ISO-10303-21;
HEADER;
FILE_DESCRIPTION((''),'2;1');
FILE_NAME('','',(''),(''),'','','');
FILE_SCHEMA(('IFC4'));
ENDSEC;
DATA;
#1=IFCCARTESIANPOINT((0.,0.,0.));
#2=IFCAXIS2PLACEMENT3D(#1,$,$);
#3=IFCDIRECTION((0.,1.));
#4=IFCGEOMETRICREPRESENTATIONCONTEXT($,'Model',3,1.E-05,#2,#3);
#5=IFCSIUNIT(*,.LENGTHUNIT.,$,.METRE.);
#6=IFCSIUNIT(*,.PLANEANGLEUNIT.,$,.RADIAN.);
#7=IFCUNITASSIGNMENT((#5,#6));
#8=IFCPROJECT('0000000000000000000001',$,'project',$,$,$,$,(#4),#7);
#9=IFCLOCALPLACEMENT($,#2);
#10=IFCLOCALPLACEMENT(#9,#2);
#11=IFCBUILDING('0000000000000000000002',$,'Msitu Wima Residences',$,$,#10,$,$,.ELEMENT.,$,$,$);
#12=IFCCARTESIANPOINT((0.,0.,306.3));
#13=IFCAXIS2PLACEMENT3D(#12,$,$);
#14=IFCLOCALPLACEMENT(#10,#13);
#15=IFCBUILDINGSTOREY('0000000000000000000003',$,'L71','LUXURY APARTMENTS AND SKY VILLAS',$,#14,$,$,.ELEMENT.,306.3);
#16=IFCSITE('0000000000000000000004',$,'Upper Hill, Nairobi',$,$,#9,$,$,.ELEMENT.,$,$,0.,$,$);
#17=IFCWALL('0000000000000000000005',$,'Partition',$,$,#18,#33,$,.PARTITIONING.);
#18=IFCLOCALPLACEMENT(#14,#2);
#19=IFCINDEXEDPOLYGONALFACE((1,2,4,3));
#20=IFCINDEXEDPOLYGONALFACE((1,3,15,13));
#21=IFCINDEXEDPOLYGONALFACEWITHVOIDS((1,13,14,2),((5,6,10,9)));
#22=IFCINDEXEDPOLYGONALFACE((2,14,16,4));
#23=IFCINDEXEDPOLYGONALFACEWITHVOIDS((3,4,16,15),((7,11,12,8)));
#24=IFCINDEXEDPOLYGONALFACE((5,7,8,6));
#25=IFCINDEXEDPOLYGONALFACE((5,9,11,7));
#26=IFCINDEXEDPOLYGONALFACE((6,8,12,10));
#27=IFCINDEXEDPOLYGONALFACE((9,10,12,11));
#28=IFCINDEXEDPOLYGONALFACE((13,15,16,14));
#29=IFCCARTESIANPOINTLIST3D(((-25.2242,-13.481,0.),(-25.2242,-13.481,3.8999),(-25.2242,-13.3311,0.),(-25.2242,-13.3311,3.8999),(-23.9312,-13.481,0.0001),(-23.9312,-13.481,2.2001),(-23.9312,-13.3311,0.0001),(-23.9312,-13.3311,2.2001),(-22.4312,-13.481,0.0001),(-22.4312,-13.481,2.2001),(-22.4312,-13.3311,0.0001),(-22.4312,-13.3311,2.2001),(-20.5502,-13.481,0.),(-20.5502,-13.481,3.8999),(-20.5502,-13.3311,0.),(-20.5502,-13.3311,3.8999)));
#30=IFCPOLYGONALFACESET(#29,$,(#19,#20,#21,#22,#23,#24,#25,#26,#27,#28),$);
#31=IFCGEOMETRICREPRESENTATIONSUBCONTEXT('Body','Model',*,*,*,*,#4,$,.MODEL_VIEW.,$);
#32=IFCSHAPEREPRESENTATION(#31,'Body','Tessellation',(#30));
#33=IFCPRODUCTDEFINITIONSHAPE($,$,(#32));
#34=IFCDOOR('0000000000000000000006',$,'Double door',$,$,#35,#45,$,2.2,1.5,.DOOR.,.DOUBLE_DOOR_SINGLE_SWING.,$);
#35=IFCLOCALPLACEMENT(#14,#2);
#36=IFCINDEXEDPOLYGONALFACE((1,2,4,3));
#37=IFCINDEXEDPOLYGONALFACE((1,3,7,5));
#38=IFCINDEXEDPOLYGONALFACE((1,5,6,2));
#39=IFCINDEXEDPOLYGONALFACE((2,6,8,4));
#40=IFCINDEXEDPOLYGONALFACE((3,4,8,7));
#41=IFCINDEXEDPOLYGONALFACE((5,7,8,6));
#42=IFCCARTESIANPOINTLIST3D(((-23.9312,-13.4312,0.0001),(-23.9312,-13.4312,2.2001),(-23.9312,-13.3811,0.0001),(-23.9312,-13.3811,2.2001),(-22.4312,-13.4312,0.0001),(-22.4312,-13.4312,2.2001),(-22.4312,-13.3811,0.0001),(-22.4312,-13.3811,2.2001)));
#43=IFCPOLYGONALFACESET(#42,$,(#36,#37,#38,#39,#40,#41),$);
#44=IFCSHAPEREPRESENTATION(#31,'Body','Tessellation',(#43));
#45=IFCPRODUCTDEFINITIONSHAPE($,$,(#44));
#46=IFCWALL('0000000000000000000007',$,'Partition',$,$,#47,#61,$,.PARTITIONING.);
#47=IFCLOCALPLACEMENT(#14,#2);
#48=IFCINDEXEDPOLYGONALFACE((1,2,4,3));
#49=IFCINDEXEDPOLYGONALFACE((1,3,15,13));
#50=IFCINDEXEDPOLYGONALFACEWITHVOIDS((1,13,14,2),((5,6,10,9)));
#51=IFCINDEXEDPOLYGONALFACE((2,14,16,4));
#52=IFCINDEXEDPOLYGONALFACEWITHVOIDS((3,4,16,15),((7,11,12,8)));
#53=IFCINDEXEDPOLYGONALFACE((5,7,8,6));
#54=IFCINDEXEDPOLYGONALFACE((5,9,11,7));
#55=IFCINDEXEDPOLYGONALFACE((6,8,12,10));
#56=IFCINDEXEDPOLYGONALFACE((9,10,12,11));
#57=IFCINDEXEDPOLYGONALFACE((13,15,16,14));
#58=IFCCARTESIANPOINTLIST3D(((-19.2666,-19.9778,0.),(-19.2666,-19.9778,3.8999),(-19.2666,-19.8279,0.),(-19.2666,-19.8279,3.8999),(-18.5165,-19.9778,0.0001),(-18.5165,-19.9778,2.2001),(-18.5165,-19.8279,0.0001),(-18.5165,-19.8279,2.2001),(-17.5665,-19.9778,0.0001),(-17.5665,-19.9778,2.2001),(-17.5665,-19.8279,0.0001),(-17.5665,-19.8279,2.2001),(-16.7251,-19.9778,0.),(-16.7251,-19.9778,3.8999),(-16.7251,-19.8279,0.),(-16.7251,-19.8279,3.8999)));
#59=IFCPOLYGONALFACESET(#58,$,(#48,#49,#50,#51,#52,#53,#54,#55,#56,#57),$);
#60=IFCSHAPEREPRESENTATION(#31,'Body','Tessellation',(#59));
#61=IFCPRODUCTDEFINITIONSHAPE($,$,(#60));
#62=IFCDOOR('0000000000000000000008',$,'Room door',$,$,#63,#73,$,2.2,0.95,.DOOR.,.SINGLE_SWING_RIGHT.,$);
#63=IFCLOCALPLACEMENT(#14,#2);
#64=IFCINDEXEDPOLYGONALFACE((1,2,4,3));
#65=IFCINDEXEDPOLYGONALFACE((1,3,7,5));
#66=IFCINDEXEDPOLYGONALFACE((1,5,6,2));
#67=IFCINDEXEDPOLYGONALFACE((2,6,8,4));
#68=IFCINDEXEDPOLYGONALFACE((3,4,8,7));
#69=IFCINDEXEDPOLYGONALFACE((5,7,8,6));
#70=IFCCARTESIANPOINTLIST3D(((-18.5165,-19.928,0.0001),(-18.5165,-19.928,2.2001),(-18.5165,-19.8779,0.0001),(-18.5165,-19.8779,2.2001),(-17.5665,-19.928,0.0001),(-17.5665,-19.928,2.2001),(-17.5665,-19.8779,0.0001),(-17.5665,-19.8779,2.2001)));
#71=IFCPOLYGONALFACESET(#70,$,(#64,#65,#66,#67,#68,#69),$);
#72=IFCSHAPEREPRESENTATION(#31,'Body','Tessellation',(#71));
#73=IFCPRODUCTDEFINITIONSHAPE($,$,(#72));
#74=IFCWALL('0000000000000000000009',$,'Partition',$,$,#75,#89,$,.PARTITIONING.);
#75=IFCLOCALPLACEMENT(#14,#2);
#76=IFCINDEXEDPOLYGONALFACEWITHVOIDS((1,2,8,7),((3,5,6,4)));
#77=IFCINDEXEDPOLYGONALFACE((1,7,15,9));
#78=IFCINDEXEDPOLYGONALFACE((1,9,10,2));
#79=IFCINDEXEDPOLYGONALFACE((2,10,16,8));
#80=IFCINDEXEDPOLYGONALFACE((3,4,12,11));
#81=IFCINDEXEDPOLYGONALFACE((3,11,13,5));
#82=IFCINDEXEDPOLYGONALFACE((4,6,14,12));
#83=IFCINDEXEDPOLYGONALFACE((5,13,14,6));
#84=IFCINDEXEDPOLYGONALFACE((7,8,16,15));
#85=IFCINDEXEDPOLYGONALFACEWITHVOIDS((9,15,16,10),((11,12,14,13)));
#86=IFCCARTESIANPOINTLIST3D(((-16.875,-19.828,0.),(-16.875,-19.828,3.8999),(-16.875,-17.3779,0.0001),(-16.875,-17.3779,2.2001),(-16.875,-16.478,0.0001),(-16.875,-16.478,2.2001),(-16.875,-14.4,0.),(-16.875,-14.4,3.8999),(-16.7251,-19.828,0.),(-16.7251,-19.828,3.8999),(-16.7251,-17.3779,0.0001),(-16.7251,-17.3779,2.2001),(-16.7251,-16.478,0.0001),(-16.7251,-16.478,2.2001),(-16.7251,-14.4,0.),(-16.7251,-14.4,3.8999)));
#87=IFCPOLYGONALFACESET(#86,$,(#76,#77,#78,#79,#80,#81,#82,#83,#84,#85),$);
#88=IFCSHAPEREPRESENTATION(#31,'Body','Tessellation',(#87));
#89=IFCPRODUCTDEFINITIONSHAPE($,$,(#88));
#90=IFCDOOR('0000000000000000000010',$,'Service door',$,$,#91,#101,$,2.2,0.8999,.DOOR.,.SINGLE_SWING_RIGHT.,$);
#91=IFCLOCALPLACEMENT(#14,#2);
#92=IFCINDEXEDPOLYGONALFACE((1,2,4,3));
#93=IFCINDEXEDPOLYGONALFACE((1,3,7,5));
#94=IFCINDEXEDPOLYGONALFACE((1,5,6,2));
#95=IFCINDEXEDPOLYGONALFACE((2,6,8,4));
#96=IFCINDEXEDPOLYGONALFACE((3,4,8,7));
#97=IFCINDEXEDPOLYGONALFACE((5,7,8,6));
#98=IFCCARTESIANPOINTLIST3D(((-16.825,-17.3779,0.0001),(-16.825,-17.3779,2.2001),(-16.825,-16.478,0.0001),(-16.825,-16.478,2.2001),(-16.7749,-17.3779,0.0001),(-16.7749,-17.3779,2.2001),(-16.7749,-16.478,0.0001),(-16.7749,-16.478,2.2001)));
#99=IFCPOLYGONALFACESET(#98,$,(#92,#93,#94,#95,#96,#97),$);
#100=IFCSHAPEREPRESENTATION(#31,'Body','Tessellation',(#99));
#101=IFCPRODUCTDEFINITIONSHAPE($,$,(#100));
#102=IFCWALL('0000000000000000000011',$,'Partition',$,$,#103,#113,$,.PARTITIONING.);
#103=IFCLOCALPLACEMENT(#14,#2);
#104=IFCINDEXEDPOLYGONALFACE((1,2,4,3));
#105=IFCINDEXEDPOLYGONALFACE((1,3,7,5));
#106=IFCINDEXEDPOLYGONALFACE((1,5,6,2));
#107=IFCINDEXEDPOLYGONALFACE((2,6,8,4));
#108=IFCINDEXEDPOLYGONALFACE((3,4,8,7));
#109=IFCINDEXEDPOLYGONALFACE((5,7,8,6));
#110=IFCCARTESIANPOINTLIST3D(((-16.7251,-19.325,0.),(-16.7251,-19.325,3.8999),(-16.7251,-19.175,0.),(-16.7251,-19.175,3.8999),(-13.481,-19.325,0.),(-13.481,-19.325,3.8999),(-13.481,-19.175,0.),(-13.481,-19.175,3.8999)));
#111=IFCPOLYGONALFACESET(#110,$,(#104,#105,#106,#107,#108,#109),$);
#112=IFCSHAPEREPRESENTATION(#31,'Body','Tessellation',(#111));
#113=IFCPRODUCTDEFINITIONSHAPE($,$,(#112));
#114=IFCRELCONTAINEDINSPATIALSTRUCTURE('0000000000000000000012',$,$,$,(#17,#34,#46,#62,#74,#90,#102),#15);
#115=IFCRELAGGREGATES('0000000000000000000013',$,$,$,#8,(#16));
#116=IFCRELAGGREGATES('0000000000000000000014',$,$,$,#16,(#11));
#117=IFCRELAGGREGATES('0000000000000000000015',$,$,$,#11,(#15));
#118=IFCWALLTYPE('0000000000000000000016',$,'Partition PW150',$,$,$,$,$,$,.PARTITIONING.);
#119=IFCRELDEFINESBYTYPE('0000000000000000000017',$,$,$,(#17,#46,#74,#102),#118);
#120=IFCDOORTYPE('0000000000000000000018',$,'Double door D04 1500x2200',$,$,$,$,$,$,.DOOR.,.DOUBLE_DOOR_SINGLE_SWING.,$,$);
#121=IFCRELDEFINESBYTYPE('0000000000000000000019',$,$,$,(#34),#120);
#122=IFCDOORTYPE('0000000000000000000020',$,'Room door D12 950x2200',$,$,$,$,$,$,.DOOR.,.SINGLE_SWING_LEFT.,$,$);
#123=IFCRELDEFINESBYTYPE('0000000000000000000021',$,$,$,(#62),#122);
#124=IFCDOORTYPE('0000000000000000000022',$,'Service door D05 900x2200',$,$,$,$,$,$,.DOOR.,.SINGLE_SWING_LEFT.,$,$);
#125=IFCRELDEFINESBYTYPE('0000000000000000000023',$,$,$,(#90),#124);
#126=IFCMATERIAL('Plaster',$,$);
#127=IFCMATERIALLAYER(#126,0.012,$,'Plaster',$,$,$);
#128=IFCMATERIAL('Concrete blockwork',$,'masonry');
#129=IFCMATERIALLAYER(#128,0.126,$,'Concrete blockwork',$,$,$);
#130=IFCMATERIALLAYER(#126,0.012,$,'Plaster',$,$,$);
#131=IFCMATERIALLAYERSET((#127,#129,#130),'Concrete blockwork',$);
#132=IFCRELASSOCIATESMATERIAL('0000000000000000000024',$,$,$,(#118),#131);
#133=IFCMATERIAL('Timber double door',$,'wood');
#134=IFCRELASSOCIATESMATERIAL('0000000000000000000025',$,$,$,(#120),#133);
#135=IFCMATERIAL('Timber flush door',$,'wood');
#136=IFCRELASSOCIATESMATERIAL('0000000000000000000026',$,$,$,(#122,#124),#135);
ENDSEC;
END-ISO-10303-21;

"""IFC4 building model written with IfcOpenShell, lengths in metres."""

from ifc_helpers import new_model, si_unit, direction, frame, frame_2d, origin, place, context, subcontext, project, spatial, rectangle, extrude, material, layer, layer_set, type_object, element, fill, save


model = new_model("IFC4")

# Units and contexts
model_context = context("Model", 3, precision=1e-05, world=origin(), true_north=direction((0.0, 1.0)))
body_context = subcontext(model_context, "Body", "Model", "MODEL_VIEW")
ifc_project = project(units=[si_unit("LENGTHUNIT", "METRE"), si_unit("PLANEANGLEUNIT", "RADIAN")], contexts=[model_context])

# Site, building, storey
site_placement = place(None, origin())
site = spatial("IfcSite", under=ifc_project, at=site_placement, Name="Upper Hill, Nairobi", CompositionType="ELEMENT", RefElevation=0.0)
building_placement = place(site_placement, origin())
building = spatial("IfcBuilding", under=site, at=building_placement, Name="Msitu Wima Residences", CompositionType="ELEMENT")
storey_placement = place(building_placement, frame((0.0, 0.0, 306.3)))
storey = spatial("IfcBuildingStorey", under=building, at=storey_placement, Name="L71", Description="LUXURY APARTMENTS AND SKY VILLAS", CompositionType="ELEMENT", Elevation=306.3)

# Shared definitions
ifc_material_1 = material(Name="Plaster")
ifc_material_2 = material(Name="Concrete blockwork", Category="masonry")

# Shared definitions
ifc_layer_1 = layer(ifc_material_1, 0.012, Name="Plaster")
ifc_layer_2 = layer(ifc_material_2, 0.126, Name="Concrete blockwork")
ifc_layer_3 = layer(ifc_material_1, 0.012, Name="Plaster")
ifc_layer_set_1 = layer_set([ifc_layer_1, ifc_layer_2, ifc_layer_3], Name="Concrete blockwork")
wall_type_1 = type_object("IfcWallType", Name="Partition PW150", PredefinedType="PARTITIONING", material=ifc_layer_set_1)

# Walls, openings, doors
wall_1_placement = place(storey_placement, frame((-25.2241, -13.406, 0.0), z_axis=(0.0, 0.0, 1.0), x_axis=(1.0, 0.0, 0.0)))
wall_1 = element("IfcWall", 1, at=wall_1_placement, inside=storey, type_object=wall_type_1, Name="Partition", PredefinedType="PARTITIONING", context=body_context, shape_type="SweptSolid", body=[
    extrude(rectangle(XDim=4.6741, YDim=0.1499, at=frame_2d((2.3369, 0.0))), origin(), (0.0, 0.0, 1.0), 3.8999),
])
opening_1_placement = place(wall_1_placement, frame((1.293, 0.0, 0.0)))
opening_1 = element("IfcOpeningElement", 2, at=opening_1_placement, cuts=wall_1, PredefinedType="OPENING", context=body_context, shape_type="SweptSolid", body=[
    extrude(rectangle(XDim=1.5, YDim=2.2, at=frame_2d((0.75, 1.1001))), frame((0.0, 0.085, 0.0), z_axis=(0.0, -1.0, 0.0), x_axis=(1.0, 0.0, 0.0)), (0.0, 0.0, 1.0), 0.1699),
])
ifc_material_3 = material(Name="Timber double door", Category="wood")
door_type_1 = type_object("IfcDoorType", Name="Double door D04 1500x2200", OperationType="DOUBLE_DOOR_SINGLE_SWING", PredefinedType="DOOR", material=ifc_material_3)
door_1_placement = place(opening_1_placement, origin())
door_1 = element("IfcDoor", 3, at=door_1_placement, inside=storey, type_object=door_type_1, Name="Double door", OperationType="DOUBLE_DOOR_SINGLE_SWING", OverallHeight=2.2, OverallWidth=1.5, PredefinedType="DOOR", context=body_context, shape_type="SweptSolid", body=[
    extrude(rectangle(XDim=1.5, YDim=2.2, at=frame_2d((0.75, 1.1001))), frame((0.0, 0.0249, 0.0), z_axis=(0.0, -1.0, 0.0), x_axis=(1.0, 0.0, 0.0)), (0.0, 0.0, 1.0), 0.05),
])
fill(opening_1, door_1)
wall_2_placement = place(storey_placement, frame((-19.2666, -19.9028, 0.0), z_axis=(0.0, 0.0, 1.0), x_axis=(1.0, 0.0, 0.0)))
wall_2 = element("IfcWall", 4, at=wall_2_placement, inside=storey, type_object=wall_type_1, Name="Partition", PredefinedType="PARTITIONING", context=body_context, shape_type="SweptSolid", body=[
    extrude(rectangle(XDim=2.5415, YDim=0.1499, at=frame_2d((1.2708, 0.0))), origin(), (0.0, 0.0, 1.0), 3.8999),
])
opening_2_placement = place(wall_2_placement, frame((0.75, 0.0, 0.0)))
opening_2 = element("IfcOpeningElement", 5, at=opening_2_placement, cuts=wall_2, PredefinedType="OPENING", context=body_context, shape_type="SweptSolid", body=[
    extrude(rectangle(XDim=0.95, YDim=2.2, at=frame_2d((0.4751, 1.1001))), frame((0.0, 0.085, 0.0), z_axis=(0.0, -1.0, 0.0), x_axis=(1.0, 0.0, 0.0)), (0.0, 0.0, 1.0), 0.1699),
])
ifc_material_4 = material(Name="Timber flush door", Category="wood")
door_type_2 = type_object("IfcDoorType", Name="Room door D12 950x2200", OperationType="SINGLE_SWING_LEFT", PredefinedType="DOOR", material=ifc_material_4)
door_2_placement = place(opening_2_placement, origin())
door_2 = element("IfcDoor", 6, at=door_2_placement, inside=storey, type_object=door_type_2, Name="Room door", OperationType="SINGLE_SWING_RIGHT", OverallHeight=2.2, OverallWidth=0.95, PredefinedType="DOOR", context=body_context, shape_type="SweptSolid", body=[
    extrude(rectangle(XDim=0.95, YDim=2.2, at=frame_2d((0.4751, 1.1001))), frame((0.0, 0.0249, 0.0), z_axis=(0.0, -1.0, 0.0), x_axis=(1.0, 0.0, 0.0)), (0.0, 0.0, 1.0), 0.05),
])
fill(opening_2, door_2)
wall_3_placement = place(storey_placement, frame((-16.8, -19.8279, 0.0), z_axis=(0.0, 0.0, 1.0), x_axis=(0.0, 1.0, 0.0)))
wall_3 = element("IfcWall", 7, at=wall_3_placement, inside=storey, type_object=wall_type_1, Name="Partition", PredefinedType="PARTITIONING", context=body_context, shape_type="SweptSolid", body=[
    extrude(rectangle(XDim=5.428, YDim=0.1499, at=frame_2d((2.7139, 0.0))), origin(), (0.0, 0.0, 1.0), 3.8999),
])
opening_3_placement = place(wall_3_placement, frame((2.45, 0.0, 0.0)))
opening_3 = element("IfcOpeningElement", 8, at=opening_3_placement, cuts=wall_3, PredefinedType="OPENING", context=body_context, shape_type="SweptSolid", body=[
    extrude(rectangle(XDim=0.8999, YDim=2.2, at=frame_2d((0.45, 1.1001))), frame((0.0, 0.085, 0.0), z_axis=(0.0, -1.0, 0.0), x_axis=(1.0, 0.0, 0.0)), (0.0, 0.0, 1.0), 0.1699),
])
door_type_3 = type_object("IfcDoorType", Name="Service door D05 900x2200", OperationType="SINGLE_SWING_LEFT", PredefinedType="DOOR", material=ifc_material_4)
door_3_placement = place(opening_3_placement, origin())
door_3 = element("IfcDoor", 9, at=door_3_placement, inside=storey, type_object=door_type_3, Name="Service door", OperationType="SINGLE_SWING_RIGHT", OverallHeight=2.2, OverallWidth=0.8999, PredefinedType="DOOR", context=body_context, shape_type="SweptSolid", body=[
    extrude(rectangle(XDim=0.8999, YDim=2.2, at=frame_2d((0.45, 1.1001))), frame((0.0, 0.0249, 0.0), z_axis=(0.0, -1.0, 0.0), x_axis=(1.0, 0.0, 0.0)), (0.0, 0.0, 1.0), 0.05),
])
fill(opening_3, door_3)

# Wall
wall_4_placement = place(storey_placement, frame((-16.7251, -19.25, 0.0), z_axis=(0.0, 0.0, 1.0), x_axis=(1.0, 0.0, 0.0)))
element("IfcWall", 10, at=wall_4_placement, inside=storey, type_object=wall_type_1, Name="Partition", PredefinedType="PARTITIONING", context=body_context, shape_type="SweptSolid", body=[
    extrude(rectangle(XDim=3.2441, YDim=0.1499, at=frame_2d((1.6221, 0.0))), origin(), (0.0, 0.0, 1.0), 3.8999),
])

save(model, "model.ifc")
